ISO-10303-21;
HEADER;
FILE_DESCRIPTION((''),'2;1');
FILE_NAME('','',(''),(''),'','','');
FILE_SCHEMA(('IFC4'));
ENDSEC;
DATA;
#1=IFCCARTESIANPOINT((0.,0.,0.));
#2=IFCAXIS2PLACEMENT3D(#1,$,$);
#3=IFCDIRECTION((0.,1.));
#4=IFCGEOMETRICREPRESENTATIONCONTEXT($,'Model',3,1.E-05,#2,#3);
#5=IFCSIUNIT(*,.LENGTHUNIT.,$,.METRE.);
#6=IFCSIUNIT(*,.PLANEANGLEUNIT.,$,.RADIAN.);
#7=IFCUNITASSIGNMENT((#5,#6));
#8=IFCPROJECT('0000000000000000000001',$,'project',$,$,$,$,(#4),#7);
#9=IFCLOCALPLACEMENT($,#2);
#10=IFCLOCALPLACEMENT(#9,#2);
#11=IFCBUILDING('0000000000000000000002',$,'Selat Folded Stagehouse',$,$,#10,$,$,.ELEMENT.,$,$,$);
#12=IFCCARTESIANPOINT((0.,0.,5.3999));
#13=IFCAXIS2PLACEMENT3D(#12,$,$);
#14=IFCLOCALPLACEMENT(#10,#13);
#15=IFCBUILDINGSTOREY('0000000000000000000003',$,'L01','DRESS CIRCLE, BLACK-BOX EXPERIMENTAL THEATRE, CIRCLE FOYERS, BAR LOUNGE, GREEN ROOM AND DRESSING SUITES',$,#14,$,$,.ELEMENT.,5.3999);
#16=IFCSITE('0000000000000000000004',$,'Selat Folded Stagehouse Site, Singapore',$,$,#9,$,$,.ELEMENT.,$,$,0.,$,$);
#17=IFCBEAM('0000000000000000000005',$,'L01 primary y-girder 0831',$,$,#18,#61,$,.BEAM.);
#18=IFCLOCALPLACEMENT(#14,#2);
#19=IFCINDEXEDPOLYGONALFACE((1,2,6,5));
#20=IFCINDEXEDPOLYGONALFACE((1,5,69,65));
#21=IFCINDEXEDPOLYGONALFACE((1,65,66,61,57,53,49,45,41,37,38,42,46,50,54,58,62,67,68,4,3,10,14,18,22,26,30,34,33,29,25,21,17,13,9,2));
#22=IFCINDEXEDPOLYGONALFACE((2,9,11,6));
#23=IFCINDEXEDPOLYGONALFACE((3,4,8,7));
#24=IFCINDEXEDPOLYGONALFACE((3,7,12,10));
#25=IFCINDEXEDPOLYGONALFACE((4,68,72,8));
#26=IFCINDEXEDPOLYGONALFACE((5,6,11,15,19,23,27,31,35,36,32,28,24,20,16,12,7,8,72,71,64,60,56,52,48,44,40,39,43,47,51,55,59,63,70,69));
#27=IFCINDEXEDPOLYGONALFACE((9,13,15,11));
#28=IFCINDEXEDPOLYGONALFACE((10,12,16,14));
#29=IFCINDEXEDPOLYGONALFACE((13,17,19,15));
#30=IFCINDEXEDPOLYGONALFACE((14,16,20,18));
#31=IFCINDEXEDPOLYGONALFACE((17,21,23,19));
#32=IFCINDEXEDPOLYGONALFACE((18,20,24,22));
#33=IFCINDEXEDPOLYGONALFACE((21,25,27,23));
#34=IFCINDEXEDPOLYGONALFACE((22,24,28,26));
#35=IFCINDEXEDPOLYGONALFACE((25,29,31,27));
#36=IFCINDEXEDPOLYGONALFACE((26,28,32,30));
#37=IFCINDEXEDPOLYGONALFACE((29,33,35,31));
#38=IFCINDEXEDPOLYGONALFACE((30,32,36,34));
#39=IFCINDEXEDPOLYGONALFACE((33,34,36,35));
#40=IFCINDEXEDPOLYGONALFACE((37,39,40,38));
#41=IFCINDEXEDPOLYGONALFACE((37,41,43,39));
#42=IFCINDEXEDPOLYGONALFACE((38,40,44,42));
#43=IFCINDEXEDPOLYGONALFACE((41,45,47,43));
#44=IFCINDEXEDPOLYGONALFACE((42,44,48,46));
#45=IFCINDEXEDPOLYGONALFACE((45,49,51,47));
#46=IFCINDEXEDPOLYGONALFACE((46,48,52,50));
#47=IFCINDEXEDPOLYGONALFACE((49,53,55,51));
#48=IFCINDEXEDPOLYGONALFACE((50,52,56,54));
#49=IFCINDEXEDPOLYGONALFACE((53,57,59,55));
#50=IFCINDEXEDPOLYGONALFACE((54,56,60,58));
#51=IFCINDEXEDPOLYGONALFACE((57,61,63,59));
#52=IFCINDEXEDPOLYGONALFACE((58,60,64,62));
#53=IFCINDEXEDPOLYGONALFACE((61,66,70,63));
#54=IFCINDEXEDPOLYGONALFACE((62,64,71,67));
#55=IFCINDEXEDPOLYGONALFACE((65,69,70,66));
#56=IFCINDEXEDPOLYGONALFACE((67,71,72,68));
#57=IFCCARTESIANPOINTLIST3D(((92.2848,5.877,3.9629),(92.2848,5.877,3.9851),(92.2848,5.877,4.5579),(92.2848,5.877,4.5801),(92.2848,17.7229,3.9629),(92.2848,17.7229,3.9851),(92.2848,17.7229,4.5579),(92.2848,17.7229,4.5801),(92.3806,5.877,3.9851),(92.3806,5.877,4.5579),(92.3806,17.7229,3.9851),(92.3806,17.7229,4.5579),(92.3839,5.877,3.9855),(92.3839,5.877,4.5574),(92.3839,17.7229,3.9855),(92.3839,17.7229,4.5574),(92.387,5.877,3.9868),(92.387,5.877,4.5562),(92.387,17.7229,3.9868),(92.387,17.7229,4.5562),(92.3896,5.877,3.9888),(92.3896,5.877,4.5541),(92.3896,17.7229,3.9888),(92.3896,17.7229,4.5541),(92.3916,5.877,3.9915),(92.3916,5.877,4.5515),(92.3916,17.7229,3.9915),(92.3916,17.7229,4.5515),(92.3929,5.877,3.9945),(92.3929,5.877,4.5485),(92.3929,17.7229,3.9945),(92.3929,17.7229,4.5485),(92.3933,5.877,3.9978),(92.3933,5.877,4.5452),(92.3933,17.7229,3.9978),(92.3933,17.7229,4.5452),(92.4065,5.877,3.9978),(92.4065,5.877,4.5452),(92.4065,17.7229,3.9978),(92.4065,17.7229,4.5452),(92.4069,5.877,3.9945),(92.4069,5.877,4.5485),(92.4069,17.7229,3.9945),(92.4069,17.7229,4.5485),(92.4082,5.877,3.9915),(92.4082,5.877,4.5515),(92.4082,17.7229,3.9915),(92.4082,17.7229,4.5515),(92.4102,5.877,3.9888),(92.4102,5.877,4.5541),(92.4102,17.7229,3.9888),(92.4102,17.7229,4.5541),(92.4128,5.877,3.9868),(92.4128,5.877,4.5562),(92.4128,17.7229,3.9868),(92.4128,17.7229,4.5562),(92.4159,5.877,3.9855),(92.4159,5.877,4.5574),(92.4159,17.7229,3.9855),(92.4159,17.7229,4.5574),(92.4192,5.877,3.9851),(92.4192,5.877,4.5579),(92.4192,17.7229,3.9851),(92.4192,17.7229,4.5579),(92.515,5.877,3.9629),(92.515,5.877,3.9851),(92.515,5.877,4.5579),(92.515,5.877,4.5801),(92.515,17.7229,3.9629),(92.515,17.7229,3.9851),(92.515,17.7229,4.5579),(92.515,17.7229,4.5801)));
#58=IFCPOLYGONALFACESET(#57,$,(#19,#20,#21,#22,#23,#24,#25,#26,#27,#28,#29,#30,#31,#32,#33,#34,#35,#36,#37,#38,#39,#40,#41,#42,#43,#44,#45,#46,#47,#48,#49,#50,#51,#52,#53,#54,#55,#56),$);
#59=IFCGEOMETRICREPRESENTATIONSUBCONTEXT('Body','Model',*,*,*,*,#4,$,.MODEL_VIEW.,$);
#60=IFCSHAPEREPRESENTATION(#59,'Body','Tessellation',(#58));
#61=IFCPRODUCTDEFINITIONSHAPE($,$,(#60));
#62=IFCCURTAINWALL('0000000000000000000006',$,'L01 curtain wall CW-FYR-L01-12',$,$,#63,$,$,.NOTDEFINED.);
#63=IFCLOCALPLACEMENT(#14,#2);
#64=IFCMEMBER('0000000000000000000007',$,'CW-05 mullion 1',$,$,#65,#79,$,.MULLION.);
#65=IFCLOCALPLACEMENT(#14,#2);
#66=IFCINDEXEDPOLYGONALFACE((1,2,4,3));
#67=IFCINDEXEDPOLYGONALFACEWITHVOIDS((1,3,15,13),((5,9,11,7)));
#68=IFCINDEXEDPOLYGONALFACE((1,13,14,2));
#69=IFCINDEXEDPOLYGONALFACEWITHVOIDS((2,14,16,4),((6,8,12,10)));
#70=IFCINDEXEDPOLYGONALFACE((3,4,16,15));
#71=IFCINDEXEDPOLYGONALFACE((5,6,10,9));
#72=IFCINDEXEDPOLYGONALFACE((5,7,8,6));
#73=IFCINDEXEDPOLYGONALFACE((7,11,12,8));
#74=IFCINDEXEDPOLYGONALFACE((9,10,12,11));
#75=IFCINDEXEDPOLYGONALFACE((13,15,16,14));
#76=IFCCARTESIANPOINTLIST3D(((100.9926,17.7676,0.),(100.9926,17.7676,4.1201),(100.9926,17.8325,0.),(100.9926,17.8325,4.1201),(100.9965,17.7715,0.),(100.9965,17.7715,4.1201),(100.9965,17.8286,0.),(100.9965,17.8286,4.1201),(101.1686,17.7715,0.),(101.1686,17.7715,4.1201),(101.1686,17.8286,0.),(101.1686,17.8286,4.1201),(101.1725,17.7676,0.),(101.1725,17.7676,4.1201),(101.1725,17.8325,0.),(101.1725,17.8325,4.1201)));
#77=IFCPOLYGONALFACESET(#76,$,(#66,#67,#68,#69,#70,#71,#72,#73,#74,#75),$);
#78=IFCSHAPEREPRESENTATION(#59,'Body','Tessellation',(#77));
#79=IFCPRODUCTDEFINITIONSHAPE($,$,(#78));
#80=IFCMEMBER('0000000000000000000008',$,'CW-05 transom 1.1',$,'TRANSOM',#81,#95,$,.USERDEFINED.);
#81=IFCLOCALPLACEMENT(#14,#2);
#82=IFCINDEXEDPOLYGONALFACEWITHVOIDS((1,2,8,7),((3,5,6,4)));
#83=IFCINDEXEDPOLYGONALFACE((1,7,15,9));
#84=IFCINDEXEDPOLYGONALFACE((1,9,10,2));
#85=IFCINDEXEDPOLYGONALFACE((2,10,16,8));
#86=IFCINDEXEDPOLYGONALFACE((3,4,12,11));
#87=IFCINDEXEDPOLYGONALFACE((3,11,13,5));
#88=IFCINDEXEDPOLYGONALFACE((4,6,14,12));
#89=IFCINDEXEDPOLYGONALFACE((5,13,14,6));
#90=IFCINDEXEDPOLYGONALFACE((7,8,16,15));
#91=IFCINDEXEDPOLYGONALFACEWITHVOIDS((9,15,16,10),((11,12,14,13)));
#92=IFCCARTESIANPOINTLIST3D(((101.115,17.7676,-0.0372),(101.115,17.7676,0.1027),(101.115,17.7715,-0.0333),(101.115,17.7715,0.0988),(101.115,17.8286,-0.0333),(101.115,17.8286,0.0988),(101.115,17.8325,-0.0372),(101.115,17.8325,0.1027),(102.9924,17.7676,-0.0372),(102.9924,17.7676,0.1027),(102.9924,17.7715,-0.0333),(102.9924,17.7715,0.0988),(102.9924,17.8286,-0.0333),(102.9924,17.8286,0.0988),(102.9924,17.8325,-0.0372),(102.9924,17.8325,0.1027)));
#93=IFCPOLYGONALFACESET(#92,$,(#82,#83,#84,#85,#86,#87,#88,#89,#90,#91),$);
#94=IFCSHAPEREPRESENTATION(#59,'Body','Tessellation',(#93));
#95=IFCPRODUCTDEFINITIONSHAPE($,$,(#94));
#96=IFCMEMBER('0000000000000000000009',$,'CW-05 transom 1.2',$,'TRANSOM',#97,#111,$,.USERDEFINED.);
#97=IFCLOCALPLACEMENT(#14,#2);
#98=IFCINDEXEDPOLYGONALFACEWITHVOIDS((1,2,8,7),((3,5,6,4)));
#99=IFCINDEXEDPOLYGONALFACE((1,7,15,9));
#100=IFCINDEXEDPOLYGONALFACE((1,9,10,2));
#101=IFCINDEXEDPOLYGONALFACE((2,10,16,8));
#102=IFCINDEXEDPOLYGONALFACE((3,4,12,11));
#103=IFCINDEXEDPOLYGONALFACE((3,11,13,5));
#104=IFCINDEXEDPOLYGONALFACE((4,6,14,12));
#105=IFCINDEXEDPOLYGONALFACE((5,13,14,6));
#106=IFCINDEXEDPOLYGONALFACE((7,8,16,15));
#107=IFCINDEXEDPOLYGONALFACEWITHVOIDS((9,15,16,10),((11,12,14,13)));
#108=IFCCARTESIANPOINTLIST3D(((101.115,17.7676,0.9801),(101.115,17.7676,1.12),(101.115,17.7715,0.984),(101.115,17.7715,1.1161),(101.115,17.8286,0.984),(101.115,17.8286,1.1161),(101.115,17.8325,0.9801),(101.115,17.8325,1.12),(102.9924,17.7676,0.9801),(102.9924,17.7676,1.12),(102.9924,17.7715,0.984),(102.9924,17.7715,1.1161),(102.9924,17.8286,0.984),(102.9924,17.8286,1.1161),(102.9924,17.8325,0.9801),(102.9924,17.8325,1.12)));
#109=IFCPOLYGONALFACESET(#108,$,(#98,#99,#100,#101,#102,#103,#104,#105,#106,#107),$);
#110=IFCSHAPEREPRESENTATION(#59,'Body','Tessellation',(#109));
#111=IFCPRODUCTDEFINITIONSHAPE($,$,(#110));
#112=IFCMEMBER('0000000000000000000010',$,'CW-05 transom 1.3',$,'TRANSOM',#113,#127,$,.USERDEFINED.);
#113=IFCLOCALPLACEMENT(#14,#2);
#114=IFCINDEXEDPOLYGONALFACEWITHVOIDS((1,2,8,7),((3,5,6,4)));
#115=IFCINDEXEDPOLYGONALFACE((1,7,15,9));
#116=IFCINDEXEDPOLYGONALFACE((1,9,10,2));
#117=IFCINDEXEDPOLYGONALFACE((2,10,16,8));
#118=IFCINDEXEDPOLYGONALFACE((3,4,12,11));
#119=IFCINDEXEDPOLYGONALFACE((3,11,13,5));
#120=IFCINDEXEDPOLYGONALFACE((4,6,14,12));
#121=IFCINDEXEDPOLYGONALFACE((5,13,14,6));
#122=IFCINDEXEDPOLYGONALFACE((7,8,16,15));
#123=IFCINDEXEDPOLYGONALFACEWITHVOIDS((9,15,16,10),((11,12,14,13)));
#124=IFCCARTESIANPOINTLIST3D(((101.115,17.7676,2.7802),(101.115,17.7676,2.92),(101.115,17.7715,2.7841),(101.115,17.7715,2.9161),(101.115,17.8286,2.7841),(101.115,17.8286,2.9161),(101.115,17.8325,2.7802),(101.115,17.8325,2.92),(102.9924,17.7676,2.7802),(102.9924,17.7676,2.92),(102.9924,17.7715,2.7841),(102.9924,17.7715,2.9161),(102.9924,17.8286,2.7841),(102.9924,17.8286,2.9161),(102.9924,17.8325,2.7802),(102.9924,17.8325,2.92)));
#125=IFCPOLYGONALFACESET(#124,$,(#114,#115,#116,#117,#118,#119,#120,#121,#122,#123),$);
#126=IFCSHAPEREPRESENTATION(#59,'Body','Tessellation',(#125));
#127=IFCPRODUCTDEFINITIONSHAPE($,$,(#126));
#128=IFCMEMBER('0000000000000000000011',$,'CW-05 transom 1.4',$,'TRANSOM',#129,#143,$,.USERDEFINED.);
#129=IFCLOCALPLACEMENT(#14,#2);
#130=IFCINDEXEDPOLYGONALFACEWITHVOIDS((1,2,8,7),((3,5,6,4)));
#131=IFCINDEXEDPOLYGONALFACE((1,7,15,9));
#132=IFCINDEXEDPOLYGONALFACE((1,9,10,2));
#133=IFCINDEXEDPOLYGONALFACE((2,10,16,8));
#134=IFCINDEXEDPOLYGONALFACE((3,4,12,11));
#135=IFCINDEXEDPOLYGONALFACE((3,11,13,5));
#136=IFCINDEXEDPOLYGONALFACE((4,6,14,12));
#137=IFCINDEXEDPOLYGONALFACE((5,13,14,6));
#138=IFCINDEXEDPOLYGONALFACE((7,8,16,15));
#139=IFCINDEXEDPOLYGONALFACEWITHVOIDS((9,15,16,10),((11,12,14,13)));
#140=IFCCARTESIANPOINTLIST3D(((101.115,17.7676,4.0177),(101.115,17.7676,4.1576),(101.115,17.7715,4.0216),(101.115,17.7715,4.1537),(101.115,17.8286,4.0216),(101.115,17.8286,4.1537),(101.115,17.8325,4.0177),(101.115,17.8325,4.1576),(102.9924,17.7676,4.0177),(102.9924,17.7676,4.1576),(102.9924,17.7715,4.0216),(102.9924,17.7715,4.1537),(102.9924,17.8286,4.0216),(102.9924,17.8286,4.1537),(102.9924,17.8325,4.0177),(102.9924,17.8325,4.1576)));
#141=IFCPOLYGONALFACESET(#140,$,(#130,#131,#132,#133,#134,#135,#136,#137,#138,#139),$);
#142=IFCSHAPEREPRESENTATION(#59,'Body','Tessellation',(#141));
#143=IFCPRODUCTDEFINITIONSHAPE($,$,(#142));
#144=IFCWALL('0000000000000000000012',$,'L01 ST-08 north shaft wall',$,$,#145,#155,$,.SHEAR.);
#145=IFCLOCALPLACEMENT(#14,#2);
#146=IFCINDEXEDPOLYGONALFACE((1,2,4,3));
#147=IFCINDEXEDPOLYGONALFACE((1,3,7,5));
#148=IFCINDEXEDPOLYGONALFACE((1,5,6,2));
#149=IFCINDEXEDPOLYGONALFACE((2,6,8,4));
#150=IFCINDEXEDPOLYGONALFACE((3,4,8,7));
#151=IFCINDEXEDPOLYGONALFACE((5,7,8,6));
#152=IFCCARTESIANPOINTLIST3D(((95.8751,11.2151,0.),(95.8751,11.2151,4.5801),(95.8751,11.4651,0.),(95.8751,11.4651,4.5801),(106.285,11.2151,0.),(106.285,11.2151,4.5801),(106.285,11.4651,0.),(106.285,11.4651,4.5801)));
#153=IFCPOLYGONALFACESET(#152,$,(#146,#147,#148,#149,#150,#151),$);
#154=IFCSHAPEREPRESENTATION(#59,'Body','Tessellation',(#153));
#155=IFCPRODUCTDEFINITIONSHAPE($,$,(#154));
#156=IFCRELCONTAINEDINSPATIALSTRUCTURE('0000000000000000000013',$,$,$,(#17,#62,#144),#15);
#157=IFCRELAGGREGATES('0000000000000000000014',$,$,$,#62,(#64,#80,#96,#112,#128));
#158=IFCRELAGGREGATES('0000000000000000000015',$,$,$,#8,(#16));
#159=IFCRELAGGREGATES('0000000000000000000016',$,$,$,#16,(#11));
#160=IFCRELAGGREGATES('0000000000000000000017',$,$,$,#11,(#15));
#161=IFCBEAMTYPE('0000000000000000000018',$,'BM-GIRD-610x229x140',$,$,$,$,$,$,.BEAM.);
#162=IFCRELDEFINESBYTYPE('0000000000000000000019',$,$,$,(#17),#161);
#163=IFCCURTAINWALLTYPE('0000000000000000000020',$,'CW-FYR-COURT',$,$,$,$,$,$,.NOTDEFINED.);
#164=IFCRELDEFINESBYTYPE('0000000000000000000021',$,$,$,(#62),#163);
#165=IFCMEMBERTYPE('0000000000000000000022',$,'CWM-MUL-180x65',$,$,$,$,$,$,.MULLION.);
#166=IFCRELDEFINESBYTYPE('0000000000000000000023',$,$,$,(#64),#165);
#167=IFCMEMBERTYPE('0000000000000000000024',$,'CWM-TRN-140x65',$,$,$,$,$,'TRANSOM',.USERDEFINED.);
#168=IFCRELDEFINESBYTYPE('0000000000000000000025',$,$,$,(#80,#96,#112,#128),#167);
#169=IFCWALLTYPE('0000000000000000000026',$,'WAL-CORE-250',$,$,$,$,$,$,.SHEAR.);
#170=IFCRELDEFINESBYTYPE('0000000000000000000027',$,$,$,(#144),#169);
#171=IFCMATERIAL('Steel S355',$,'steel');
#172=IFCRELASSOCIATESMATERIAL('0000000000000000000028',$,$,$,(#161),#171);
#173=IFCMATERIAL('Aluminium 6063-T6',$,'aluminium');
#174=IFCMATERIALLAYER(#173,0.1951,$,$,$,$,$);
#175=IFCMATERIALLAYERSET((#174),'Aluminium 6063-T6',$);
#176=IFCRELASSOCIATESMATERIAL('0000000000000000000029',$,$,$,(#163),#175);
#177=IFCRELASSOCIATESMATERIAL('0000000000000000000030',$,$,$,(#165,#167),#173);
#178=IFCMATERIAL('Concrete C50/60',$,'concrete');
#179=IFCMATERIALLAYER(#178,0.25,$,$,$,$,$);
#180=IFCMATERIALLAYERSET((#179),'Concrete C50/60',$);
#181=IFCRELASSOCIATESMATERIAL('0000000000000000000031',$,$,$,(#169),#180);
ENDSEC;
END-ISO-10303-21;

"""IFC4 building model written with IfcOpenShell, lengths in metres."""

from ifc_helpers import new_model, si_unit, direction, frame, frame_2d, origin, origin_2d, place, context, subcontext, project, spatial, rectangle, hollow_rectangle, i_section, extrude, material, layer, layer_set, material_profile, profile_set, type_object, element, aggregate, save


model = new_model("IFC4")

# Units and contexts
model_context = context("Model", 3, precision=1e-05, world=origin(), true_north=direction((0.0, 1.0)))
body_context = subcontext(model_context, "Body", "Model", "MODEL_VIEW")
ifc_project = project(units=[si_unit("LENGTHUNIT", "METRE"), si_unit("PLANEANGLEUNIT", "RADIAN")], contexts=[model_context])

# Site, building, storey
site_placement = place(None, origin())
site = spatial("IfcSite", under=ifc_project, at=site_placement, Name="Selat Folded Stagehouse Site, Singapore", CompositionType="ELEMENT", RefElevation=0.0)
building_placement = place(site_placement, origin())
building = spatial("IfcBuilding", under=site, at=building_placement, Name="Selat Folded Stagehouse", CompositionType="ELEMENT")
storey_placement = place(building_placement, frame((0.0, 0.0, 5.3999)))
storey = spatial("IfcBuildingStorey", under=building, at=storey_placement, Name="L01", Description="DRESS CIRCLE, BLACK-BOX EXPERIMENTAL THEATRE, CIRCLE FOYERS, BAR LOUNGE, GREEN ROOM AND DRESSING SUITES", CompositionType="ELEMENT", Elevation=5.3999)

# Shared definitions
ifc_material_1 = material(Name="Steel S355", Category="steel")

# Beam
ifc_material_profile_1 = material_profile(ifc_material_1, i_section(OverallWidth=0.2302, OverallDepth=0.6172, WebThickness=0.0132, FlangeThickness=0.0222, FilletRadius=0.0127, at=origin_2d()), Name="UKB 610x229x140")
ifc_profile_set_1 = profile_set([ifc_material_profile_1], Name="Steel S355")
beam_type_1 = type_object("IfcBeamType", Name="BM-GIRD-610x229x140", PredefinedType="BEAM", material=ifc_profile_set_1)
beam_1_placement = place(storey_placement, frame((92.3999, 5.877, 4.2715), z_axis=(0.0, 1.0, 0.0), x_axis=(-1.0, 0.0, 0.0)))
element("IfcBeam", 1, at=beam_1_placement, inside=storey, type_object=beam_type_1, Name="L01 primary y-girder 0831", PredefinedType="BEAM", context=body_context, shape_type="SweptSolid", body=[
    extrude(i_section(OverallWidth=0.2302, OverallDepth=0.6172, WebThickness=0.0132, FlangeThickness=0.0222, FilletRadius=0.0127, at=origin_2d()), origin(), (0.0, 0.0, 1.0), 11.8459),
])

# Curtain wall, members
ifc_material_2 = material(Name="Aluminium 6063-T6", Category="aluminium")
ifc_layer_1 = layer(ifc_material_2, 0.1951)
ifc_layer_set_1 = layer_set([ifc_layer_1], Name="Aluminium 6063-T6")
curtain_wall_type = type_object("IfcCurtainWallType", Name="CW-FYR-COURT", PredefinedType="NOTDEFINED", material=ifc_layer_set_1)
curtain_wall_placement = place(storey_placement, origin())
curtain_wall = element("IfcCurtainWall", 2, at=curtain_wall_placement, inside=storey, type_object=curtain_wall_type, Name="L01 curtain wall CW-FYR-L01-12", PredefinedType="NOTDEFINED")
ifc_material_profile_2 = material_profile(ifc_material_2, hollow_rectangle(XDim=0.0649, YDim=0.1799, WallThickness=0.0039, at=origin_2d()), Name="ALU 180x65x4.0")
ifc_profile_set_2 = profile_set([ifc_material_profile_2], Name="Aluminium 6063-T6")
member_type_1 = type_object("IfcMemberType", Name="CWM-MUL-180x65", PredefinedType="MULLION", material=ifc_profile_set_2)
member_1_placement = place(storey_placement, frame((101.0825, 17.8, 0.0), z_axis=(0.0, 0.0, 1.0), x_axis=(0.0, 1.0, 0.0)))
member_1 = element("IfcMember", 3, at=member_1_placement, type_object=member_type_1, Name="CW-05 mullion 1", PredefinedType="MULLION", context=body_context, shape_type="SweptSolid", body=[
    extrude(hollow_rectangle(XDim=0.0649, YDim=0.1799, WallThickness=0.0039, at=origin_2d()), origin(), (0.0, 0.0, 1.0), 4.1201),
])
ifc_material_profile_3 = material_profile(ifc_material_2, hollow_rectangle(XDim=0.0649, YDim=0.1399, WallThickness=0.0039, at=origin_2d()), Name="ALU 140x65x4.0")
ifc_profile_set_3 = profile_set([ifc_material_profile_3], Name="Aluminium 6063-T6")
member_type_2 = type_object("IfcMemberType", Name="CWM-TRN-140x65", ElementType="TRANSOM", PredefinedType="USERDEFINED", material=ifc_profile_set_3)
member_2_placement = place(storey_placement, frame((101.115, 17.8, 0.0327), z_axis=(1.0, 0.0, 0.0), x_axis=(0.0, 1.0, 0.0)))
member_2 = element("IfcMember", 4, at=member_2_placement, type_object=member_type_2, Name="CW-05 transom 1.1", ObjectType="TRANSOM", PredefinedType="USERDEFINED", context=body_context, shape_type="SweptSolid", body=[
    extrude(hollow_rectangle(XDim=0.0649, YDim=0.1399, WallThickness=0.0039, at=origin_2d()), origin(), (0.0, 0.0, 1.0), 1.8774),
])
member_3_placement = place(storey_placement, frame((101.115, 17.8, 1.05), z_axis=(1.0, 0.0, 0.0), x_axis=(0.0, 1.0, 0.0)))
member_3 = element("IfcMember", 5, at=member_3_placement, type_object=member_type_2, Name="CW-05 transom 1.2", ObjectType="TRANSOM", PredefinedType="USERDEFINED", context=body_context, shape_type="SweptSolid", body=[
    extrude(hollow_rectangle(XDim=0.0649, YDim=0.1399, WallThickness=0.0039, at=origin_2d()), origin(), (0.0, 0.0, 1.0), 1.8774),
])
member_4_placement = place(storey_placement, frame((101.115, 17.8, 2.8501), z_axis=(1.0, 0.0, 0.0), x_axis=(0.0, 1.0, 0.0)))
member_4 = element("IfcMember", 6, at=member_4_placement, type_object=member_type_2, Name="CW-05 transom 1.3", ObjectType="TRANSOM", PredefinedType="USERDEFINED", context=body_context, shape_type="SweptSolid", body=[
    extrude(hollow_rectangle(XDim=0.0649, YDim=0.1399, WallThickness=0.0039, at=origin_2d()), origin(), (0.0, 0.0, 1.0), 1.8774),
])
member_5_placement = place(storey_placement, frame((101.115, 17.8, 4.0876), z_axis=(1.0, 0.0, 0.0), x_axis=(0.0, 1.0, 0.0)))
member_5 = element("IfcMember", 7, at=member_5_placement, type_object=member_type_2, Name="CW-05 transom 1.4", ObjectType="TRANSOM", PredefinedType="USERDEFINED", context=body_context, shape_type="SweptSolid", body=[
    extrude(hollow_rectangle(XDim=0.0649, YDim=0.1399, WallThickness=0.0039, at=origin_2d()), origin(), (0.0, 0.0, 1.0), 1.8774),
])
aggregate(curtain_wall, [member_1, member_2, member_3, member_4, member_5])

# Wall
ifc_material_3 = material(Name="Concrete C50/60", Category="concrete")
ifc_layer_2 = layer(ifc_material_3, 0.25)
ifc_layer_set_2 = layer_set([ifc_layer_2], Name="Concrete C50/60")
wall_type = type_object("IfcWallType", Name="WAL-CORE-250", PredefinedType="SHEAR", material=ifc_layer_set_2)
wall_1_placement = place(storey_placement, frame((95.875, 11.3401, 0.0), z_axis=(0.0, 0.0, 1.0), x_axis=(1.0, 0.0, 0.0)))
element("IfcWall", 8, at=wall_1_placement, inside=storey, type_object=wall_type, Name="L01 ST-08 north shaft wall", PredefinedType="SHEAR", context=body_context, shape_type="SweptSolid", body=[
    extrude(rectangle(XDim=10.4099, YDim=0.25, at=frame_2d((5.2051, 0.0))), origin(), (0.0, 0.0, 1.0), 4.5801),
])

save(model, "model.ifc")
